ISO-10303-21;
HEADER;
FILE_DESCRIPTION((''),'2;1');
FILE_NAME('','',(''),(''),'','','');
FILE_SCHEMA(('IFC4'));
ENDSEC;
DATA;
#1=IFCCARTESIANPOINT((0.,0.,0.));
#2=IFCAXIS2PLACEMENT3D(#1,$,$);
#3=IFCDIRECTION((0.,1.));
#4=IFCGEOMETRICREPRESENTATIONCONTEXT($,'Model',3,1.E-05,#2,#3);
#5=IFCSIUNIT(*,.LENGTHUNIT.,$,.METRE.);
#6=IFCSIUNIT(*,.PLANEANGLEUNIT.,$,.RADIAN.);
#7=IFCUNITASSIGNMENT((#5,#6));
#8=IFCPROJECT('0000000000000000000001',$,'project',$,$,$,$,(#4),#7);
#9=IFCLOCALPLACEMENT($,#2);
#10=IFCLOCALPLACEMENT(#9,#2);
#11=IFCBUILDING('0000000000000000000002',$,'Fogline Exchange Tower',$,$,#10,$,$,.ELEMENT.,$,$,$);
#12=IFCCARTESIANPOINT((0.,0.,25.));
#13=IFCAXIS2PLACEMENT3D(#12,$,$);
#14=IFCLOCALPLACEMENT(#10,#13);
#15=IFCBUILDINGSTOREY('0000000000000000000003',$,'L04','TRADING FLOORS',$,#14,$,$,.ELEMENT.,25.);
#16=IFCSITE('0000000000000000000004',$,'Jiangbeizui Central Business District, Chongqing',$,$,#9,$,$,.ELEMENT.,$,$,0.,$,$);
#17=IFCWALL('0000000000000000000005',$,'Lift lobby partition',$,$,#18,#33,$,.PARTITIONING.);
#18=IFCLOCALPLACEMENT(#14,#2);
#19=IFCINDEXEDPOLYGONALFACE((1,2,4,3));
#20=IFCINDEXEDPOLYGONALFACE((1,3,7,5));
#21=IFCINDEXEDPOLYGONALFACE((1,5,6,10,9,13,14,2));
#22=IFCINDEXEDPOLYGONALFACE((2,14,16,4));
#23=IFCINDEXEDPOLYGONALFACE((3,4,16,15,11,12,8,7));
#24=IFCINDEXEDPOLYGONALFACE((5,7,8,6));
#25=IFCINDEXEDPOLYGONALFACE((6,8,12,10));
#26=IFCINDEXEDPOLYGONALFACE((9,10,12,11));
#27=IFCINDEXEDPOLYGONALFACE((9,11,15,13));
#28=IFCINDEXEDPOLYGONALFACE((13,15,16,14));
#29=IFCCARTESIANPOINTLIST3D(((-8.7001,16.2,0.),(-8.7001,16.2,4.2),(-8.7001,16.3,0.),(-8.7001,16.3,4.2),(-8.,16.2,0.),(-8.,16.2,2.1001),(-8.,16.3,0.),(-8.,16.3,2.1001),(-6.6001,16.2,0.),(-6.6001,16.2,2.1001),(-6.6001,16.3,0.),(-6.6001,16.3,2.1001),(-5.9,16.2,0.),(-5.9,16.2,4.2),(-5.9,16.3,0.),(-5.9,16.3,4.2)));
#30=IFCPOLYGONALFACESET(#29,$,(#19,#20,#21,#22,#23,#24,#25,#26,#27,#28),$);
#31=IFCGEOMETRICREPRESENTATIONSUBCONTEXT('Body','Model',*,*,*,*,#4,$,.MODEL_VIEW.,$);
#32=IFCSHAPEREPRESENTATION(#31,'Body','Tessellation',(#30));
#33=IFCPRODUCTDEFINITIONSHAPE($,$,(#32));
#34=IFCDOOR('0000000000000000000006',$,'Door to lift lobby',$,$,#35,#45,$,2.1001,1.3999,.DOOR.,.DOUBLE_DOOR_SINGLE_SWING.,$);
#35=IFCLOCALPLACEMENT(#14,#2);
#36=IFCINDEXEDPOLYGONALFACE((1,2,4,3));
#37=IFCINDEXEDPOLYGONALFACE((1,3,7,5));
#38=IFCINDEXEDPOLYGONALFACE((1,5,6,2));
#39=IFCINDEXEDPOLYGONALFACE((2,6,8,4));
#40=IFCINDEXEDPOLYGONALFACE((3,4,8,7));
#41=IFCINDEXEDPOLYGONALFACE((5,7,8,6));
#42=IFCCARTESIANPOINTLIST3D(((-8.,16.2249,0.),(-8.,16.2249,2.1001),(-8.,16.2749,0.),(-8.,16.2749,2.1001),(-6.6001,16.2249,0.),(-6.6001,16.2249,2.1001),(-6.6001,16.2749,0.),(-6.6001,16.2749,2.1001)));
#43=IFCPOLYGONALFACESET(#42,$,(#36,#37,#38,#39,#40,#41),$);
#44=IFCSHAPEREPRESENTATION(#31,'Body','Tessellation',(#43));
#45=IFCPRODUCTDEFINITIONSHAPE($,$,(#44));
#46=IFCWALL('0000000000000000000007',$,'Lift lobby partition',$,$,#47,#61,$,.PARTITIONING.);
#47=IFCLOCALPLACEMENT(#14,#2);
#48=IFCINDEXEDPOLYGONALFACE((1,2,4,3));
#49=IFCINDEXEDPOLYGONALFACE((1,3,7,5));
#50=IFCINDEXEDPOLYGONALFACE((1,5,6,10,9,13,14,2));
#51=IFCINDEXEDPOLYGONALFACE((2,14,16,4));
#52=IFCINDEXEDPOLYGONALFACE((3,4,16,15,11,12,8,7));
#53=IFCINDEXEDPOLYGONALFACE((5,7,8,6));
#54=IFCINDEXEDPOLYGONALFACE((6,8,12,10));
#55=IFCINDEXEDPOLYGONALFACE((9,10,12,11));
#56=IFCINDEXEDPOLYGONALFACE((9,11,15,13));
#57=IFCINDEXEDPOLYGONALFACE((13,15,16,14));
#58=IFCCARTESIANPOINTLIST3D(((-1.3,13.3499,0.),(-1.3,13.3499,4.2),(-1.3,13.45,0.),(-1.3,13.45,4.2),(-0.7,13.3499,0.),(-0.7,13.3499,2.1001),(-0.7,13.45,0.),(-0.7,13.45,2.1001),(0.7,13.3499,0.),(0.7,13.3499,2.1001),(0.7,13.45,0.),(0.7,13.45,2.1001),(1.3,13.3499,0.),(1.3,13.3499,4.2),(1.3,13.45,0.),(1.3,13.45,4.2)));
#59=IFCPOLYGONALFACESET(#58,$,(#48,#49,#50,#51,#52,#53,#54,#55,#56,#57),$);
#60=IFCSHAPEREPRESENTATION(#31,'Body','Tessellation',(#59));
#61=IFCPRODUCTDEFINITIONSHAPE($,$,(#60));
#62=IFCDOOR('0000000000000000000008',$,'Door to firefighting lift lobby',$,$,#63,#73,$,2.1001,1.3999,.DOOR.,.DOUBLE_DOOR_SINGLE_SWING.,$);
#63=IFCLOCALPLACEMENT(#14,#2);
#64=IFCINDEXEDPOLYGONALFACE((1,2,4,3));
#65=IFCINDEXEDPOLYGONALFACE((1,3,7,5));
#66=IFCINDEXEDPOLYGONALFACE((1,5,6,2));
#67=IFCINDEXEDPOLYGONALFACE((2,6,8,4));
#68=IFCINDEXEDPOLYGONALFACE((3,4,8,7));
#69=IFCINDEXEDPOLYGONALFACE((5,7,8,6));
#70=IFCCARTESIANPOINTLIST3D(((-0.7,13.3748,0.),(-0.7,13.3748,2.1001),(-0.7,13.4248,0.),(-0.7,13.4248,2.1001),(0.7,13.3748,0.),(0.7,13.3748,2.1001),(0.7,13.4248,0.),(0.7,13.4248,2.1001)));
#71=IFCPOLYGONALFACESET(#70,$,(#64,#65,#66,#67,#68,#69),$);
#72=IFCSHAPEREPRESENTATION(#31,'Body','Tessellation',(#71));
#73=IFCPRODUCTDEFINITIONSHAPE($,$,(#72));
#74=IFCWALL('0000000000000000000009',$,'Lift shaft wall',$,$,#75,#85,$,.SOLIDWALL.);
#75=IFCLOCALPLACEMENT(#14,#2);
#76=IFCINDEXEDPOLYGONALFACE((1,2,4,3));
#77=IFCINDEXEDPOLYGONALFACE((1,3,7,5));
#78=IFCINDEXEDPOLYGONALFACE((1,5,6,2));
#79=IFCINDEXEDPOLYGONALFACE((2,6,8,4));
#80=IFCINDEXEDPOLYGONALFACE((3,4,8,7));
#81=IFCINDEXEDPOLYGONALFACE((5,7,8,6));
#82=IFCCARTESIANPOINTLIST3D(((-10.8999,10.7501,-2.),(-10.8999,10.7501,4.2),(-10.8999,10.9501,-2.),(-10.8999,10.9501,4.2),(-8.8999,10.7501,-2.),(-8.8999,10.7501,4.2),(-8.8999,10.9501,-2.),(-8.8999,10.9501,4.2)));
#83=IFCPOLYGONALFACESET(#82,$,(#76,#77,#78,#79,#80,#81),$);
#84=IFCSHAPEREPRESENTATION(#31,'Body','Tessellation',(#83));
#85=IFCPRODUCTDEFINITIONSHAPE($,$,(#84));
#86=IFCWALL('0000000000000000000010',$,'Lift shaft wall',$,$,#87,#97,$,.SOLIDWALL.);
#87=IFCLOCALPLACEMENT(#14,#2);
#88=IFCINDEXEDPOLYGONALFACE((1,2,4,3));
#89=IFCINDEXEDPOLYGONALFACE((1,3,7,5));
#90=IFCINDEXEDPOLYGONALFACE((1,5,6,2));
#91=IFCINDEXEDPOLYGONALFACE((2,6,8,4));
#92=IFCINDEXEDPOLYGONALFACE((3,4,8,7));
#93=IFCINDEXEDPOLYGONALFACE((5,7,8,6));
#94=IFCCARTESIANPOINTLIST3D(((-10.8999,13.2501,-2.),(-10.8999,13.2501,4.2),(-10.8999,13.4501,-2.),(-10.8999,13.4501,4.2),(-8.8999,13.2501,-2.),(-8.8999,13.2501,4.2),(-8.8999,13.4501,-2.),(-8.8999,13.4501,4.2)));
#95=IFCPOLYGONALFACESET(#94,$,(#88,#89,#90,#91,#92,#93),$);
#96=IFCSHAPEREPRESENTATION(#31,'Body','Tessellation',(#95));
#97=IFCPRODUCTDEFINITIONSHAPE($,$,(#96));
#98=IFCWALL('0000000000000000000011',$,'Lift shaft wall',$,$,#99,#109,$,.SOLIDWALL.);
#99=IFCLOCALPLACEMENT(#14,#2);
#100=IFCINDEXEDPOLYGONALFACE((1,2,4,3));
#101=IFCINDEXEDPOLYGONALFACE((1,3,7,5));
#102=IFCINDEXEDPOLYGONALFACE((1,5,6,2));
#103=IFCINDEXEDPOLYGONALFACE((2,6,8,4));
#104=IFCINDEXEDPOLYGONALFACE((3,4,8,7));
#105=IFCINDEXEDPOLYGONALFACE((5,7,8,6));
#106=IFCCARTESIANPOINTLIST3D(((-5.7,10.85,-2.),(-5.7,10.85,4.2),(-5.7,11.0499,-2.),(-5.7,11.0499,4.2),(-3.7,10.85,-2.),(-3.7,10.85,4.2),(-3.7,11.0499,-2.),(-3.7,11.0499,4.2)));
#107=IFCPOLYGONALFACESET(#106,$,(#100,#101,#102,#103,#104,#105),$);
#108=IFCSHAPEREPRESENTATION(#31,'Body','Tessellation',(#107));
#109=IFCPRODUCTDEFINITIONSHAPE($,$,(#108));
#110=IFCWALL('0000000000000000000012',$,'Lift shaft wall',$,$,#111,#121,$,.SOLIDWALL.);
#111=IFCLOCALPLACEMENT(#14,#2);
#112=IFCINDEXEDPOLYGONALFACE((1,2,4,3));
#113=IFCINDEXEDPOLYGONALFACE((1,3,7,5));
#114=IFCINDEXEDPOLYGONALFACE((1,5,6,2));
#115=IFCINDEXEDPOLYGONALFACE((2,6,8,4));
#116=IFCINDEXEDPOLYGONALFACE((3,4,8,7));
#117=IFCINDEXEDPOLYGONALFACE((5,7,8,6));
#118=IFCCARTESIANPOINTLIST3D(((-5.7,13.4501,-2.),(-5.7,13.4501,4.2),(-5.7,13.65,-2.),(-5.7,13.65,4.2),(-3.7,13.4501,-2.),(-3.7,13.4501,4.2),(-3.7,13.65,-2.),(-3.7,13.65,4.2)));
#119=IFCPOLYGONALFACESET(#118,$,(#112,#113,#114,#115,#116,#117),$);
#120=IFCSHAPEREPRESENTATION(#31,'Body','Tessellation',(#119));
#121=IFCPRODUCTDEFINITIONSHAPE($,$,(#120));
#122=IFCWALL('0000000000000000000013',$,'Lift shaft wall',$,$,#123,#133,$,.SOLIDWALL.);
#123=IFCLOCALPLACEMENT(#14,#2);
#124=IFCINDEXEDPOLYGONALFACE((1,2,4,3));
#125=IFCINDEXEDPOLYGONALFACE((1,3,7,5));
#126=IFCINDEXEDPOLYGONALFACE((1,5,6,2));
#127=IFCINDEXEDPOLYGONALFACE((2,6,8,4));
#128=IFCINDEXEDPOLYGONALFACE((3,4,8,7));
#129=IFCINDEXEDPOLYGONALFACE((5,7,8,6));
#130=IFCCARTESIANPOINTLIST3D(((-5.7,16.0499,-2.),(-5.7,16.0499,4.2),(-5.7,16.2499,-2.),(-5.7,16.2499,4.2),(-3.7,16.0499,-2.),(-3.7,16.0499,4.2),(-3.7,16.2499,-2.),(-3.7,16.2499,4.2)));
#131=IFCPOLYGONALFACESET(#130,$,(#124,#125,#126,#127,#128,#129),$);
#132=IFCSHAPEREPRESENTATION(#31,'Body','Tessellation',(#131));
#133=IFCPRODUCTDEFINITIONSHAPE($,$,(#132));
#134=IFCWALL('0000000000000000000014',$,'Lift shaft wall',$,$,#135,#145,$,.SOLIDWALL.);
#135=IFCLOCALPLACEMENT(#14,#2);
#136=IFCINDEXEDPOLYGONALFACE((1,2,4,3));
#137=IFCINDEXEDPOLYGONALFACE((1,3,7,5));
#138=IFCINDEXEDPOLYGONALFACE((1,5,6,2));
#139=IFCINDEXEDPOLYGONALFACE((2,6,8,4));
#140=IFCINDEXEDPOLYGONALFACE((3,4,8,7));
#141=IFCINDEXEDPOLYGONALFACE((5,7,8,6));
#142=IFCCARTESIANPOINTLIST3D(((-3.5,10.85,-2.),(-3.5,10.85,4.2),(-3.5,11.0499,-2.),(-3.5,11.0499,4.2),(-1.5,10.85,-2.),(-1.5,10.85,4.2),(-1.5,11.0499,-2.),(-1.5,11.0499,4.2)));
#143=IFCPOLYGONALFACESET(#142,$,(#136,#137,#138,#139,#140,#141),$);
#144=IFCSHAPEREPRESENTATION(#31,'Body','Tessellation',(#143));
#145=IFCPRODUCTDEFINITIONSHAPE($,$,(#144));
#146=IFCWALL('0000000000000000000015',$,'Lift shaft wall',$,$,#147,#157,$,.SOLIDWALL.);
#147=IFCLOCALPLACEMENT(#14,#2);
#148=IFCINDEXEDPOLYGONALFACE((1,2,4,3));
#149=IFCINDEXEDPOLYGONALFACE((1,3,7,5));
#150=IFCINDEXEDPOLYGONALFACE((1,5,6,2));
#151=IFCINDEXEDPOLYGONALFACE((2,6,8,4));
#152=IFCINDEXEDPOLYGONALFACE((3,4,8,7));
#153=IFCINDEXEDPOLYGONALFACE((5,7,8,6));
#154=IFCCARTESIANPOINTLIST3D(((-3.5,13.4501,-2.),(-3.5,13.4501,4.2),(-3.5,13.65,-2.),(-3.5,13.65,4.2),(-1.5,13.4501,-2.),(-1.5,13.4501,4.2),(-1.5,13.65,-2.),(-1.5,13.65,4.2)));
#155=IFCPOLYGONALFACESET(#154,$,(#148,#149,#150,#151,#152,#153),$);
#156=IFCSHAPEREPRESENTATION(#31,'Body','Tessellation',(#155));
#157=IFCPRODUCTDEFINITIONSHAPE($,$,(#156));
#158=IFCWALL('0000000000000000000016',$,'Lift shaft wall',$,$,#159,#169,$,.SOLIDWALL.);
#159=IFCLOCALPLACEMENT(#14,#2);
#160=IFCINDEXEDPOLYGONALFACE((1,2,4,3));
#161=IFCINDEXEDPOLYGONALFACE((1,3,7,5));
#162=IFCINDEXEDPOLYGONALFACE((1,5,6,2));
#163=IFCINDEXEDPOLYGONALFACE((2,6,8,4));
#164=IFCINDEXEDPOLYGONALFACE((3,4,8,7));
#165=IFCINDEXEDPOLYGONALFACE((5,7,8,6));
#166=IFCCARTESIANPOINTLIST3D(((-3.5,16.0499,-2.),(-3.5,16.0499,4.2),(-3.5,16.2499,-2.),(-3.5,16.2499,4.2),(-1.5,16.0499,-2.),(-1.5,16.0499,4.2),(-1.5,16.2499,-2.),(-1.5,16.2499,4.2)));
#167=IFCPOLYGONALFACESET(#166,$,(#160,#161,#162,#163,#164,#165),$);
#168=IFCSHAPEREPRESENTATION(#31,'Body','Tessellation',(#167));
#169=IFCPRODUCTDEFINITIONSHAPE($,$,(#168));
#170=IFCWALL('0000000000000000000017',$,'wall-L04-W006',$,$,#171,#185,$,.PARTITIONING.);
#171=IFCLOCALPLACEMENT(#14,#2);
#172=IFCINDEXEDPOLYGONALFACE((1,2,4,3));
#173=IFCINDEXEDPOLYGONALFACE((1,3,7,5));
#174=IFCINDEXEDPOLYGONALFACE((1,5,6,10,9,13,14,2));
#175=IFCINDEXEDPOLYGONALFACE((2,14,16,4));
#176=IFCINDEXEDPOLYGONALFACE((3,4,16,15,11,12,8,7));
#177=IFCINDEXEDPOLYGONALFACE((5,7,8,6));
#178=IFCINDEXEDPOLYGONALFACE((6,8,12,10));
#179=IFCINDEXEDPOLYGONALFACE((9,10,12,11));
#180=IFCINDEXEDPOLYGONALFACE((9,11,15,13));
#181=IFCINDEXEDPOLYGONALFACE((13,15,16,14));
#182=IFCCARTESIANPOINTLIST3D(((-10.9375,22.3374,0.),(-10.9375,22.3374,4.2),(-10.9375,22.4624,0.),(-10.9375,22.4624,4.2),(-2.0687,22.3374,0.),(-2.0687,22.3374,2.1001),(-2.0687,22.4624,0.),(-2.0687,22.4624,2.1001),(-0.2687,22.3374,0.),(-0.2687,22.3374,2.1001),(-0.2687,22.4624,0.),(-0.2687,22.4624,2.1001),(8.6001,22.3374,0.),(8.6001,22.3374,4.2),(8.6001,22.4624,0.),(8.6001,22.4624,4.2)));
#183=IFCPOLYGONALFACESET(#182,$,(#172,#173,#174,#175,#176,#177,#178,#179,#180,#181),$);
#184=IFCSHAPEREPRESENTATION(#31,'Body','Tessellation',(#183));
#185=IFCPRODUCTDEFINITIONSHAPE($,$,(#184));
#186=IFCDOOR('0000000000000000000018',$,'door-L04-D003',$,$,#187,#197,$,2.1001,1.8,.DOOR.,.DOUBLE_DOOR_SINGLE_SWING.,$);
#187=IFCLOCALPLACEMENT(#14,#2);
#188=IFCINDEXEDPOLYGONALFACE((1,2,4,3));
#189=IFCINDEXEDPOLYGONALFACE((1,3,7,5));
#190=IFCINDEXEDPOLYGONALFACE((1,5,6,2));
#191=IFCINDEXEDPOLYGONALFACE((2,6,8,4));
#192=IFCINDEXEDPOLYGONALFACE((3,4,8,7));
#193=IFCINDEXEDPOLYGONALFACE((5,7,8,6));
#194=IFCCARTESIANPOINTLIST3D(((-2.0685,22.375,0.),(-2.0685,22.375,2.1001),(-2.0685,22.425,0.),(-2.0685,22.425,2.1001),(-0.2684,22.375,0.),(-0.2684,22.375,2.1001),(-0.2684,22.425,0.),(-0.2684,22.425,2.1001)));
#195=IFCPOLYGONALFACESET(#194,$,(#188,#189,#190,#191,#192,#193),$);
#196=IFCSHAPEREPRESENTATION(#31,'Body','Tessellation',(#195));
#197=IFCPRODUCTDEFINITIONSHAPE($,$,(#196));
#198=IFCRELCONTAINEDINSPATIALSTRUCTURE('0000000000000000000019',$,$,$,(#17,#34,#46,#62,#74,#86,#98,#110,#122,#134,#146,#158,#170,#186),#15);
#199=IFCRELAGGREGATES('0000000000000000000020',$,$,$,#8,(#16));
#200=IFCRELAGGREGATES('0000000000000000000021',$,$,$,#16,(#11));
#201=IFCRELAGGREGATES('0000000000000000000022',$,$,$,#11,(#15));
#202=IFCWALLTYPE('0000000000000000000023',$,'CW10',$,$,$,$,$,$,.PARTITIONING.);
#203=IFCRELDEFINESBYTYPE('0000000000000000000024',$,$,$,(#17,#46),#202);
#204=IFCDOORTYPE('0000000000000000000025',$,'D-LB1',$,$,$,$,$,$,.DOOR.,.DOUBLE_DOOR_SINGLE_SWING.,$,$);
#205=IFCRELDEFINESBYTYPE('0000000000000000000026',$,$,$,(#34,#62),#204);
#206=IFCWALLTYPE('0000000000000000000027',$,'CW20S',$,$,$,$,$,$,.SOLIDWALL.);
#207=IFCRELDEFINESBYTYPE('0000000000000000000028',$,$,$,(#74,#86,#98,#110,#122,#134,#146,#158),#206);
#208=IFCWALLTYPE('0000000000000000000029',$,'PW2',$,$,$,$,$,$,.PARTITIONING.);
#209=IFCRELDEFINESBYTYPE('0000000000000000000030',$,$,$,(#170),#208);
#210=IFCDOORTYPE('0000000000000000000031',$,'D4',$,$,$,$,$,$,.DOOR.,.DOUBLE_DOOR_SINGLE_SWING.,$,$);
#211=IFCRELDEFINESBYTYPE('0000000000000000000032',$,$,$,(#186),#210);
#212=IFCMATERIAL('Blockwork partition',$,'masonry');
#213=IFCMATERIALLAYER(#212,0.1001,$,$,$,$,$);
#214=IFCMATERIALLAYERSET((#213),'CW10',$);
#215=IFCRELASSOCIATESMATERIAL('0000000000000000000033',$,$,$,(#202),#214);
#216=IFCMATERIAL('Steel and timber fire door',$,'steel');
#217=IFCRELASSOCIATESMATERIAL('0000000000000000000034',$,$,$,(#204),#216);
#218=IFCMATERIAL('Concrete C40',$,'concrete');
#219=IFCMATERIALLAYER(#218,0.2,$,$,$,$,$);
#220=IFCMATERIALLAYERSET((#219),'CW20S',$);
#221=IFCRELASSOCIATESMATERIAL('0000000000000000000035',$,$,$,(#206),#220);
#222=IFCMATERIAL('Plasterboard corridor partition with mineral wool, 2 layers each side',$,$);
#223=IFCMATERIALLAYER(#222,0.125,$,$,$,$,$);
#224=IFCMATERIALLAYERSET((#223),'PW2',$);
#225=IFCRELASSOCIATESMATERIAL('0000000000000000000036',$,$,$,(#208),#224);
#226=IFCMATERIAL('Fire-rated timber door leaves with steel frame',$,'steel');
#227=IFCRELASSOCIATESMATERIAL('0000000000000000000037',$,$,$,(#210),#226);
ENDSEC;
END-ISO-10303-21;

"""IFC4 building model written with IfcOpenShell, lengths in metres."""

from ifc_helpers import new_model, si_unit, direction, frame, frame_2d, origin, place, context, subcontext, project, spatial, rectangle, extrude, material, layer, layer_set, type_object, element, fill, save


model = new_model("IFC4")

# Units and contexts
model_context = context("Model", 3, precision=1e-05, world=origin(), true_north=direction((0.0, 1.0)))
body_context = subcontext(model_context, "Body", "Model", "MODEL_VIEW")
ifc_project = project(units=[si_unit("LENGTHUNIT", "METRE"), si_unit("PLANEANGLEUNIT", "RADIAN")], contexts=[model_context])

# Site, building, storey
site_placement = place(None, origin())
site = spatial("IfcSite", under=ifc_project, at=site_placement, Name="Jiangbeizui Central Business District, Chongqing", CompositionType="ELEMENT", RefElevation=0.0)
building_placement = place(site_placement, origin())
building = spatial("IfcBuilding", under=site, at=building_placement, Name="Fogline Exchange Tower", CompositionType="ELEMENT")
storey_placement = place(building_placement, frame((0.0, 0.0, 25.0)))
storey = spatial("IfcBuildingStorey", under=building, at=storey_placement, Name="L04", Description="TRADING FLOORS", CompositionType="ELEMENT", Elevation=25.0)

# Walls, openings, doors
ifc_material_1 = material(Name="Blockwork partition", Category="masonry")
ifc_layer_1 = layer(ifc_material_1, 0.1001)
ifc_layer_set_1 = layer_set([ifc_layer_1], Name="CW10")
wall_type_1 = type_object("IfcWallType", Name="CW10", PredefinedType="PARTITIONING", material=ifc_layer_set_1)
wall_1_placement = place(storey_placement, frame((-8.7, 16.25, 0.0), z_axis=(0.0, 0.0, 1.0), x_axis=(1.0, 0.0, 0.0)))
wall_1 = element("IfcWall", 1, at=wall_1_placement, inside=storey, type_object=wall_type_1, Name="Lift lobby partition", PredefinedType="PARTITIONING", context=body_context, shape_type="SweptSolid", body=[
    extrude(rectangle(XDim=2.8, YDim=0.1001, at=frame_2d((1.3999, 0.0))), origin(), (0.0, 0.0, 1.0), 4.2),
])
opening_1_placement = place(wall_1_placement, frame((0.7, 0.0, 0.0)))
opening_1 = element("IfcOpeningElement", 2, at=opening_1_placement, cuts=wall_1, PredefinedType="OPENING", context=body_context, shape_type="SweptSolid", body=[
    extrude(rectangle(XDim=1.3999, YDim=2.1001, at=frame_2d((0.7, 1.05))), frame((0.0, 0.0601, 0.0), z_axis=(0.0, -1.0, 0.0), x_axis=(1.0, 0.0, 0.0)), (0.0, 0.0, 1.0), 0.1201),
])
ifc_material_2 = material(Name="Steel and timber fire door", Category="steel")
door_type_1 = type_object("IfcDoorType", Name="D-LB1", OperationType="DOUBLE_DOOR_SINGLE_SWING", PredefinedType="DOOR", material=ifc_material_2)
door_1_placement = place(opening_1_placement, origin())
door_1 = element("IfcDoor", 3, at=door_1_placement, inside=storey, type_object=door_type_1, Name="Door to lift lobby", OperationType="DOUBLE_DOOR_SINGLE_SWING", OverallHeight=2.1001, OverallWidth=1.3999, PredefinedType="DOOR", context=body_context, shape_type="SweptSolid", body=[
    extrude(rectangle(XDim=1.3999, YDim=2.1001, at=frame_2d((0.7, 1.05))), frame((0.0, 0.0249, 0.0), z_axis=(0.0, -1.0, 0.0), x_axis=(1.0, 0.0, 0.0)), (0.0, 0.0, 1.0), 0.05),
])
fill(opening_1, door_1)
wall_2_placement = place(storey_placement, frame((-1.3, 13.3999, 0.0), z_axis=(0.0, 0.0, 1.0), x_axis=(1.0, 0.0, 0.0)))
wall_2 = element("IfcWall", 4, at=wall_2_placement, inside=storey, type_object=wall_type_1, Name="Lift lobby partition", PredefinedType="PARTITIONING", context=body_context, shape_type="SweptSolid", body=[
    extrude(rectangle(XDim=2.6001, YDim=0.1001, at=frame_2d((1.3, 0.0))), origin(), (0.0, 0.0, 1.0), 4.2),
])
opening_2_placement = place(wall_2_placement, frame((0.6001, 0.0, 0.0)))
opening_2 = element("IfcOpeningElement", 5, at=opening_2_placement, cuts=wall_2, PredefinedType="OPENING", context=body_context, shape_type="SweptSolid", body=[
    extrude(rectangle(XDim=1.3999, YDim=2.1001, at=frame_2d((0.7, 1.05))), frame((0.0, 0.0601, 0.0), z_axis=(0.0, -1.0, 0.0), x_axis=(1.0, 0.0, 0.0)), (0.0, 0.0, 1.0), 0.1201),
])
door_2_placement = place(opening_2_placement, origin())
door_2 = element("IfcDoor", 6, at=door_2_placement, inside=storey, type_object=door_type_1, Name="Door to firefighting lift lobby", OperationType="DOUBLE_DOOR_SINGLE_SWING", OverallHeight=2.1001, OverallWidth=1.3999, PredefinedType="DOOR", context=body_context, shape_type="SweptSolid", body=[
    extrude(rectangle(XDim=1.3999, YDim=2.1001, at=frame_2d((0.7, 1.05))), frame((0.0, 0.0249, 0.0), z_axis=(0.0, -1.0, 0.0), x_axis=(1.0, 0.0, 0.0)), (0.0, 0.0, 1.0), 0.05),
])
fill(opening_2, door_2)

# Walls
ifc_material_3 = material(Name="Concrete C40", Category="concrete")
ifc_layer_2 = layer(ifc_material_3, 0.2)
ifc_layer_set_2 = layer_set([ifc_layer_2], Name="CW20S")
wall_type_2 = type_object("IfcWallType", Name="CW20S", PredefinedType="SOLIDWALL", material=ifc_layer_set_2)
for number, where, z_axis, x_axis, name in (
    (7, (-10.8999, 10.8501, -2.0), (0.0, 0.0, 1.0), (1.0, 0.0, 0.0), "Lift shaft wall"),
    (8, (-10.8999, 13.3501, -2.0), (0.0, 0.0, 1.0), (1.0, 0.0, 0.0), "Lift shaft wall"),
    (9, (-5.7, 10.95, -2.0), (0.0, 0.0, 1.0), (1.0, 0.0, 0.0), "Lift shaft wall"),
    (10, (-5.7, 13.55, -2.0), (0.0, 0.0, 1.0), (1.0, 0.0, 0.0), "Lift shaft wall"),
    (11, (-5.7, 16.1499, -2.0), (0.0, 0.0, 1.0), (1.0, 0.0, 0.0), "Lift shaft wall"),
    (12, (-3.5, 10.95, -2.0), (0.0, 0.0, 1.0), (1.0, 0.0, 0.0), "Lift shaft wall"),
    (13, (-3.5, 13.55, -2.0), (0.0, 0.0, 1.0), (1.0, 0.0, 0.0), "Lift shaft wall"),
    (14, (-3.5, 16.1499, -2.0), (0.0, 0.0, 1.0), (1.0, 0.0, 0.0), "Lift shaft wall"),
):
    element("IfcWall", number, at=place(storey_placement, frame(where, z_axis=z_axis, x_axis=x_axis)), inside=storey, type_object=wall_type_2, Name=name, PredefinedType="SOLIDWALL", context=body_context, shape_type="SweptSolid", body=[
        extrude(rectangle(XDim=2.0, YDim=0.2, at=frame_2d((1.0, 0.0))), origin(), (0.0, 0.0, 1.0), 6.2),
    ])

# Wall, opening, door
ifc_material_4 = material(Name="Plasterboard corridor partition with mineral wool, 2 layers each side")
ifc_layer_3 = layer(ifc_material_4, 0.125)
ifc_layer_set_3 = layer_set([ifc_layer_3], Name="PW2")
wall_type_3 = type_object("IfcWallType", Name="PW2", PredefinedType="PARTITIONING", material=ifc_layer_set_3)
wall_3_placement = place(storey_placement, frame((-10.9375, 22.3999, 0.0), z_axis=(0.0, 0.0, 1.0), x_axis=(1.0, 0.0, 0.0)))
wall_3 = element("IfcWall", 15, at=wall_3_placement, inside=storey, type_object=wall_type_3, Name="wall-L04-W006", PredefinedType="PARTITIONING", context=body_context, shape_type="SweptSolid", body=[
    extrude(rectangle(XDim=19.5376, YDim=0.125, at=frame_2d((9.7688, 0.0))), origin(), (0.0, 0.0, 1.0), 4.2),
])
opening_3_placement = place(wall_3_placement, frame((8.8689, 0.0, 0.0)))
opening_3 = element("IfcOpeningElement", 16, at=opening_3_placement, cuts=wall_3, PredefinedType="OPENING", context=body_context, shape_type="SweptSolid", body=[
    extrude(rectangle(XDim=1.8, YDim=2.1001, at=frame_2d((0.8999, 1.05))), frame((0.0, 0.0725, 0.0), z_axis=(0.0, -1.0, 0.0), x_axis=(1.0, 0.0, 0.0)), (0.0, 0.0, 1.0), 0.145),
])
ifc_material_5 = material(Name="Fire-rated timber door leaves with steel frame", Category="steel")
door_type_2 = type_object("IfcDoorType", Name="D4", OperationType="DOUBLE_DOOR_SINGLE_SWING", PredefinedType="DOOR", material=ifc_material_5)
door_3_placement = place(opening_3_placement, frame((1.8, 0.0, 0.0), z_axis=(0.0, 0.0, 1.0), x_axis=(-1.0, 0.0, 0.0)))
door_3 = element("IfcDoor", 17, at=door_3_placement, inside=storey, type_object=door_type_2, Name="door-L04-D003", OperationType="DOUBLE_DOOR_SINGLE_SWING", OverallHeight=2.1001, OverallWidth=1.8, PredefinedType="DOOR", context=body_context, shape_type="SweptSolid", body=[
    extrude(rectangle(XDim=1.8, YDim=2.1001, at=frame_2d((0.8999, 1.05))), frame((0.0, 0.0249, 0.0), z_axis=(0.0, -1.0, 0.0), x_axis=(1.0, 0.0, 0.0)), (0.0, 0.0, 1.0), 0.05),
])
fill(opening_3, door_3)

save(model, "model.ifc")
